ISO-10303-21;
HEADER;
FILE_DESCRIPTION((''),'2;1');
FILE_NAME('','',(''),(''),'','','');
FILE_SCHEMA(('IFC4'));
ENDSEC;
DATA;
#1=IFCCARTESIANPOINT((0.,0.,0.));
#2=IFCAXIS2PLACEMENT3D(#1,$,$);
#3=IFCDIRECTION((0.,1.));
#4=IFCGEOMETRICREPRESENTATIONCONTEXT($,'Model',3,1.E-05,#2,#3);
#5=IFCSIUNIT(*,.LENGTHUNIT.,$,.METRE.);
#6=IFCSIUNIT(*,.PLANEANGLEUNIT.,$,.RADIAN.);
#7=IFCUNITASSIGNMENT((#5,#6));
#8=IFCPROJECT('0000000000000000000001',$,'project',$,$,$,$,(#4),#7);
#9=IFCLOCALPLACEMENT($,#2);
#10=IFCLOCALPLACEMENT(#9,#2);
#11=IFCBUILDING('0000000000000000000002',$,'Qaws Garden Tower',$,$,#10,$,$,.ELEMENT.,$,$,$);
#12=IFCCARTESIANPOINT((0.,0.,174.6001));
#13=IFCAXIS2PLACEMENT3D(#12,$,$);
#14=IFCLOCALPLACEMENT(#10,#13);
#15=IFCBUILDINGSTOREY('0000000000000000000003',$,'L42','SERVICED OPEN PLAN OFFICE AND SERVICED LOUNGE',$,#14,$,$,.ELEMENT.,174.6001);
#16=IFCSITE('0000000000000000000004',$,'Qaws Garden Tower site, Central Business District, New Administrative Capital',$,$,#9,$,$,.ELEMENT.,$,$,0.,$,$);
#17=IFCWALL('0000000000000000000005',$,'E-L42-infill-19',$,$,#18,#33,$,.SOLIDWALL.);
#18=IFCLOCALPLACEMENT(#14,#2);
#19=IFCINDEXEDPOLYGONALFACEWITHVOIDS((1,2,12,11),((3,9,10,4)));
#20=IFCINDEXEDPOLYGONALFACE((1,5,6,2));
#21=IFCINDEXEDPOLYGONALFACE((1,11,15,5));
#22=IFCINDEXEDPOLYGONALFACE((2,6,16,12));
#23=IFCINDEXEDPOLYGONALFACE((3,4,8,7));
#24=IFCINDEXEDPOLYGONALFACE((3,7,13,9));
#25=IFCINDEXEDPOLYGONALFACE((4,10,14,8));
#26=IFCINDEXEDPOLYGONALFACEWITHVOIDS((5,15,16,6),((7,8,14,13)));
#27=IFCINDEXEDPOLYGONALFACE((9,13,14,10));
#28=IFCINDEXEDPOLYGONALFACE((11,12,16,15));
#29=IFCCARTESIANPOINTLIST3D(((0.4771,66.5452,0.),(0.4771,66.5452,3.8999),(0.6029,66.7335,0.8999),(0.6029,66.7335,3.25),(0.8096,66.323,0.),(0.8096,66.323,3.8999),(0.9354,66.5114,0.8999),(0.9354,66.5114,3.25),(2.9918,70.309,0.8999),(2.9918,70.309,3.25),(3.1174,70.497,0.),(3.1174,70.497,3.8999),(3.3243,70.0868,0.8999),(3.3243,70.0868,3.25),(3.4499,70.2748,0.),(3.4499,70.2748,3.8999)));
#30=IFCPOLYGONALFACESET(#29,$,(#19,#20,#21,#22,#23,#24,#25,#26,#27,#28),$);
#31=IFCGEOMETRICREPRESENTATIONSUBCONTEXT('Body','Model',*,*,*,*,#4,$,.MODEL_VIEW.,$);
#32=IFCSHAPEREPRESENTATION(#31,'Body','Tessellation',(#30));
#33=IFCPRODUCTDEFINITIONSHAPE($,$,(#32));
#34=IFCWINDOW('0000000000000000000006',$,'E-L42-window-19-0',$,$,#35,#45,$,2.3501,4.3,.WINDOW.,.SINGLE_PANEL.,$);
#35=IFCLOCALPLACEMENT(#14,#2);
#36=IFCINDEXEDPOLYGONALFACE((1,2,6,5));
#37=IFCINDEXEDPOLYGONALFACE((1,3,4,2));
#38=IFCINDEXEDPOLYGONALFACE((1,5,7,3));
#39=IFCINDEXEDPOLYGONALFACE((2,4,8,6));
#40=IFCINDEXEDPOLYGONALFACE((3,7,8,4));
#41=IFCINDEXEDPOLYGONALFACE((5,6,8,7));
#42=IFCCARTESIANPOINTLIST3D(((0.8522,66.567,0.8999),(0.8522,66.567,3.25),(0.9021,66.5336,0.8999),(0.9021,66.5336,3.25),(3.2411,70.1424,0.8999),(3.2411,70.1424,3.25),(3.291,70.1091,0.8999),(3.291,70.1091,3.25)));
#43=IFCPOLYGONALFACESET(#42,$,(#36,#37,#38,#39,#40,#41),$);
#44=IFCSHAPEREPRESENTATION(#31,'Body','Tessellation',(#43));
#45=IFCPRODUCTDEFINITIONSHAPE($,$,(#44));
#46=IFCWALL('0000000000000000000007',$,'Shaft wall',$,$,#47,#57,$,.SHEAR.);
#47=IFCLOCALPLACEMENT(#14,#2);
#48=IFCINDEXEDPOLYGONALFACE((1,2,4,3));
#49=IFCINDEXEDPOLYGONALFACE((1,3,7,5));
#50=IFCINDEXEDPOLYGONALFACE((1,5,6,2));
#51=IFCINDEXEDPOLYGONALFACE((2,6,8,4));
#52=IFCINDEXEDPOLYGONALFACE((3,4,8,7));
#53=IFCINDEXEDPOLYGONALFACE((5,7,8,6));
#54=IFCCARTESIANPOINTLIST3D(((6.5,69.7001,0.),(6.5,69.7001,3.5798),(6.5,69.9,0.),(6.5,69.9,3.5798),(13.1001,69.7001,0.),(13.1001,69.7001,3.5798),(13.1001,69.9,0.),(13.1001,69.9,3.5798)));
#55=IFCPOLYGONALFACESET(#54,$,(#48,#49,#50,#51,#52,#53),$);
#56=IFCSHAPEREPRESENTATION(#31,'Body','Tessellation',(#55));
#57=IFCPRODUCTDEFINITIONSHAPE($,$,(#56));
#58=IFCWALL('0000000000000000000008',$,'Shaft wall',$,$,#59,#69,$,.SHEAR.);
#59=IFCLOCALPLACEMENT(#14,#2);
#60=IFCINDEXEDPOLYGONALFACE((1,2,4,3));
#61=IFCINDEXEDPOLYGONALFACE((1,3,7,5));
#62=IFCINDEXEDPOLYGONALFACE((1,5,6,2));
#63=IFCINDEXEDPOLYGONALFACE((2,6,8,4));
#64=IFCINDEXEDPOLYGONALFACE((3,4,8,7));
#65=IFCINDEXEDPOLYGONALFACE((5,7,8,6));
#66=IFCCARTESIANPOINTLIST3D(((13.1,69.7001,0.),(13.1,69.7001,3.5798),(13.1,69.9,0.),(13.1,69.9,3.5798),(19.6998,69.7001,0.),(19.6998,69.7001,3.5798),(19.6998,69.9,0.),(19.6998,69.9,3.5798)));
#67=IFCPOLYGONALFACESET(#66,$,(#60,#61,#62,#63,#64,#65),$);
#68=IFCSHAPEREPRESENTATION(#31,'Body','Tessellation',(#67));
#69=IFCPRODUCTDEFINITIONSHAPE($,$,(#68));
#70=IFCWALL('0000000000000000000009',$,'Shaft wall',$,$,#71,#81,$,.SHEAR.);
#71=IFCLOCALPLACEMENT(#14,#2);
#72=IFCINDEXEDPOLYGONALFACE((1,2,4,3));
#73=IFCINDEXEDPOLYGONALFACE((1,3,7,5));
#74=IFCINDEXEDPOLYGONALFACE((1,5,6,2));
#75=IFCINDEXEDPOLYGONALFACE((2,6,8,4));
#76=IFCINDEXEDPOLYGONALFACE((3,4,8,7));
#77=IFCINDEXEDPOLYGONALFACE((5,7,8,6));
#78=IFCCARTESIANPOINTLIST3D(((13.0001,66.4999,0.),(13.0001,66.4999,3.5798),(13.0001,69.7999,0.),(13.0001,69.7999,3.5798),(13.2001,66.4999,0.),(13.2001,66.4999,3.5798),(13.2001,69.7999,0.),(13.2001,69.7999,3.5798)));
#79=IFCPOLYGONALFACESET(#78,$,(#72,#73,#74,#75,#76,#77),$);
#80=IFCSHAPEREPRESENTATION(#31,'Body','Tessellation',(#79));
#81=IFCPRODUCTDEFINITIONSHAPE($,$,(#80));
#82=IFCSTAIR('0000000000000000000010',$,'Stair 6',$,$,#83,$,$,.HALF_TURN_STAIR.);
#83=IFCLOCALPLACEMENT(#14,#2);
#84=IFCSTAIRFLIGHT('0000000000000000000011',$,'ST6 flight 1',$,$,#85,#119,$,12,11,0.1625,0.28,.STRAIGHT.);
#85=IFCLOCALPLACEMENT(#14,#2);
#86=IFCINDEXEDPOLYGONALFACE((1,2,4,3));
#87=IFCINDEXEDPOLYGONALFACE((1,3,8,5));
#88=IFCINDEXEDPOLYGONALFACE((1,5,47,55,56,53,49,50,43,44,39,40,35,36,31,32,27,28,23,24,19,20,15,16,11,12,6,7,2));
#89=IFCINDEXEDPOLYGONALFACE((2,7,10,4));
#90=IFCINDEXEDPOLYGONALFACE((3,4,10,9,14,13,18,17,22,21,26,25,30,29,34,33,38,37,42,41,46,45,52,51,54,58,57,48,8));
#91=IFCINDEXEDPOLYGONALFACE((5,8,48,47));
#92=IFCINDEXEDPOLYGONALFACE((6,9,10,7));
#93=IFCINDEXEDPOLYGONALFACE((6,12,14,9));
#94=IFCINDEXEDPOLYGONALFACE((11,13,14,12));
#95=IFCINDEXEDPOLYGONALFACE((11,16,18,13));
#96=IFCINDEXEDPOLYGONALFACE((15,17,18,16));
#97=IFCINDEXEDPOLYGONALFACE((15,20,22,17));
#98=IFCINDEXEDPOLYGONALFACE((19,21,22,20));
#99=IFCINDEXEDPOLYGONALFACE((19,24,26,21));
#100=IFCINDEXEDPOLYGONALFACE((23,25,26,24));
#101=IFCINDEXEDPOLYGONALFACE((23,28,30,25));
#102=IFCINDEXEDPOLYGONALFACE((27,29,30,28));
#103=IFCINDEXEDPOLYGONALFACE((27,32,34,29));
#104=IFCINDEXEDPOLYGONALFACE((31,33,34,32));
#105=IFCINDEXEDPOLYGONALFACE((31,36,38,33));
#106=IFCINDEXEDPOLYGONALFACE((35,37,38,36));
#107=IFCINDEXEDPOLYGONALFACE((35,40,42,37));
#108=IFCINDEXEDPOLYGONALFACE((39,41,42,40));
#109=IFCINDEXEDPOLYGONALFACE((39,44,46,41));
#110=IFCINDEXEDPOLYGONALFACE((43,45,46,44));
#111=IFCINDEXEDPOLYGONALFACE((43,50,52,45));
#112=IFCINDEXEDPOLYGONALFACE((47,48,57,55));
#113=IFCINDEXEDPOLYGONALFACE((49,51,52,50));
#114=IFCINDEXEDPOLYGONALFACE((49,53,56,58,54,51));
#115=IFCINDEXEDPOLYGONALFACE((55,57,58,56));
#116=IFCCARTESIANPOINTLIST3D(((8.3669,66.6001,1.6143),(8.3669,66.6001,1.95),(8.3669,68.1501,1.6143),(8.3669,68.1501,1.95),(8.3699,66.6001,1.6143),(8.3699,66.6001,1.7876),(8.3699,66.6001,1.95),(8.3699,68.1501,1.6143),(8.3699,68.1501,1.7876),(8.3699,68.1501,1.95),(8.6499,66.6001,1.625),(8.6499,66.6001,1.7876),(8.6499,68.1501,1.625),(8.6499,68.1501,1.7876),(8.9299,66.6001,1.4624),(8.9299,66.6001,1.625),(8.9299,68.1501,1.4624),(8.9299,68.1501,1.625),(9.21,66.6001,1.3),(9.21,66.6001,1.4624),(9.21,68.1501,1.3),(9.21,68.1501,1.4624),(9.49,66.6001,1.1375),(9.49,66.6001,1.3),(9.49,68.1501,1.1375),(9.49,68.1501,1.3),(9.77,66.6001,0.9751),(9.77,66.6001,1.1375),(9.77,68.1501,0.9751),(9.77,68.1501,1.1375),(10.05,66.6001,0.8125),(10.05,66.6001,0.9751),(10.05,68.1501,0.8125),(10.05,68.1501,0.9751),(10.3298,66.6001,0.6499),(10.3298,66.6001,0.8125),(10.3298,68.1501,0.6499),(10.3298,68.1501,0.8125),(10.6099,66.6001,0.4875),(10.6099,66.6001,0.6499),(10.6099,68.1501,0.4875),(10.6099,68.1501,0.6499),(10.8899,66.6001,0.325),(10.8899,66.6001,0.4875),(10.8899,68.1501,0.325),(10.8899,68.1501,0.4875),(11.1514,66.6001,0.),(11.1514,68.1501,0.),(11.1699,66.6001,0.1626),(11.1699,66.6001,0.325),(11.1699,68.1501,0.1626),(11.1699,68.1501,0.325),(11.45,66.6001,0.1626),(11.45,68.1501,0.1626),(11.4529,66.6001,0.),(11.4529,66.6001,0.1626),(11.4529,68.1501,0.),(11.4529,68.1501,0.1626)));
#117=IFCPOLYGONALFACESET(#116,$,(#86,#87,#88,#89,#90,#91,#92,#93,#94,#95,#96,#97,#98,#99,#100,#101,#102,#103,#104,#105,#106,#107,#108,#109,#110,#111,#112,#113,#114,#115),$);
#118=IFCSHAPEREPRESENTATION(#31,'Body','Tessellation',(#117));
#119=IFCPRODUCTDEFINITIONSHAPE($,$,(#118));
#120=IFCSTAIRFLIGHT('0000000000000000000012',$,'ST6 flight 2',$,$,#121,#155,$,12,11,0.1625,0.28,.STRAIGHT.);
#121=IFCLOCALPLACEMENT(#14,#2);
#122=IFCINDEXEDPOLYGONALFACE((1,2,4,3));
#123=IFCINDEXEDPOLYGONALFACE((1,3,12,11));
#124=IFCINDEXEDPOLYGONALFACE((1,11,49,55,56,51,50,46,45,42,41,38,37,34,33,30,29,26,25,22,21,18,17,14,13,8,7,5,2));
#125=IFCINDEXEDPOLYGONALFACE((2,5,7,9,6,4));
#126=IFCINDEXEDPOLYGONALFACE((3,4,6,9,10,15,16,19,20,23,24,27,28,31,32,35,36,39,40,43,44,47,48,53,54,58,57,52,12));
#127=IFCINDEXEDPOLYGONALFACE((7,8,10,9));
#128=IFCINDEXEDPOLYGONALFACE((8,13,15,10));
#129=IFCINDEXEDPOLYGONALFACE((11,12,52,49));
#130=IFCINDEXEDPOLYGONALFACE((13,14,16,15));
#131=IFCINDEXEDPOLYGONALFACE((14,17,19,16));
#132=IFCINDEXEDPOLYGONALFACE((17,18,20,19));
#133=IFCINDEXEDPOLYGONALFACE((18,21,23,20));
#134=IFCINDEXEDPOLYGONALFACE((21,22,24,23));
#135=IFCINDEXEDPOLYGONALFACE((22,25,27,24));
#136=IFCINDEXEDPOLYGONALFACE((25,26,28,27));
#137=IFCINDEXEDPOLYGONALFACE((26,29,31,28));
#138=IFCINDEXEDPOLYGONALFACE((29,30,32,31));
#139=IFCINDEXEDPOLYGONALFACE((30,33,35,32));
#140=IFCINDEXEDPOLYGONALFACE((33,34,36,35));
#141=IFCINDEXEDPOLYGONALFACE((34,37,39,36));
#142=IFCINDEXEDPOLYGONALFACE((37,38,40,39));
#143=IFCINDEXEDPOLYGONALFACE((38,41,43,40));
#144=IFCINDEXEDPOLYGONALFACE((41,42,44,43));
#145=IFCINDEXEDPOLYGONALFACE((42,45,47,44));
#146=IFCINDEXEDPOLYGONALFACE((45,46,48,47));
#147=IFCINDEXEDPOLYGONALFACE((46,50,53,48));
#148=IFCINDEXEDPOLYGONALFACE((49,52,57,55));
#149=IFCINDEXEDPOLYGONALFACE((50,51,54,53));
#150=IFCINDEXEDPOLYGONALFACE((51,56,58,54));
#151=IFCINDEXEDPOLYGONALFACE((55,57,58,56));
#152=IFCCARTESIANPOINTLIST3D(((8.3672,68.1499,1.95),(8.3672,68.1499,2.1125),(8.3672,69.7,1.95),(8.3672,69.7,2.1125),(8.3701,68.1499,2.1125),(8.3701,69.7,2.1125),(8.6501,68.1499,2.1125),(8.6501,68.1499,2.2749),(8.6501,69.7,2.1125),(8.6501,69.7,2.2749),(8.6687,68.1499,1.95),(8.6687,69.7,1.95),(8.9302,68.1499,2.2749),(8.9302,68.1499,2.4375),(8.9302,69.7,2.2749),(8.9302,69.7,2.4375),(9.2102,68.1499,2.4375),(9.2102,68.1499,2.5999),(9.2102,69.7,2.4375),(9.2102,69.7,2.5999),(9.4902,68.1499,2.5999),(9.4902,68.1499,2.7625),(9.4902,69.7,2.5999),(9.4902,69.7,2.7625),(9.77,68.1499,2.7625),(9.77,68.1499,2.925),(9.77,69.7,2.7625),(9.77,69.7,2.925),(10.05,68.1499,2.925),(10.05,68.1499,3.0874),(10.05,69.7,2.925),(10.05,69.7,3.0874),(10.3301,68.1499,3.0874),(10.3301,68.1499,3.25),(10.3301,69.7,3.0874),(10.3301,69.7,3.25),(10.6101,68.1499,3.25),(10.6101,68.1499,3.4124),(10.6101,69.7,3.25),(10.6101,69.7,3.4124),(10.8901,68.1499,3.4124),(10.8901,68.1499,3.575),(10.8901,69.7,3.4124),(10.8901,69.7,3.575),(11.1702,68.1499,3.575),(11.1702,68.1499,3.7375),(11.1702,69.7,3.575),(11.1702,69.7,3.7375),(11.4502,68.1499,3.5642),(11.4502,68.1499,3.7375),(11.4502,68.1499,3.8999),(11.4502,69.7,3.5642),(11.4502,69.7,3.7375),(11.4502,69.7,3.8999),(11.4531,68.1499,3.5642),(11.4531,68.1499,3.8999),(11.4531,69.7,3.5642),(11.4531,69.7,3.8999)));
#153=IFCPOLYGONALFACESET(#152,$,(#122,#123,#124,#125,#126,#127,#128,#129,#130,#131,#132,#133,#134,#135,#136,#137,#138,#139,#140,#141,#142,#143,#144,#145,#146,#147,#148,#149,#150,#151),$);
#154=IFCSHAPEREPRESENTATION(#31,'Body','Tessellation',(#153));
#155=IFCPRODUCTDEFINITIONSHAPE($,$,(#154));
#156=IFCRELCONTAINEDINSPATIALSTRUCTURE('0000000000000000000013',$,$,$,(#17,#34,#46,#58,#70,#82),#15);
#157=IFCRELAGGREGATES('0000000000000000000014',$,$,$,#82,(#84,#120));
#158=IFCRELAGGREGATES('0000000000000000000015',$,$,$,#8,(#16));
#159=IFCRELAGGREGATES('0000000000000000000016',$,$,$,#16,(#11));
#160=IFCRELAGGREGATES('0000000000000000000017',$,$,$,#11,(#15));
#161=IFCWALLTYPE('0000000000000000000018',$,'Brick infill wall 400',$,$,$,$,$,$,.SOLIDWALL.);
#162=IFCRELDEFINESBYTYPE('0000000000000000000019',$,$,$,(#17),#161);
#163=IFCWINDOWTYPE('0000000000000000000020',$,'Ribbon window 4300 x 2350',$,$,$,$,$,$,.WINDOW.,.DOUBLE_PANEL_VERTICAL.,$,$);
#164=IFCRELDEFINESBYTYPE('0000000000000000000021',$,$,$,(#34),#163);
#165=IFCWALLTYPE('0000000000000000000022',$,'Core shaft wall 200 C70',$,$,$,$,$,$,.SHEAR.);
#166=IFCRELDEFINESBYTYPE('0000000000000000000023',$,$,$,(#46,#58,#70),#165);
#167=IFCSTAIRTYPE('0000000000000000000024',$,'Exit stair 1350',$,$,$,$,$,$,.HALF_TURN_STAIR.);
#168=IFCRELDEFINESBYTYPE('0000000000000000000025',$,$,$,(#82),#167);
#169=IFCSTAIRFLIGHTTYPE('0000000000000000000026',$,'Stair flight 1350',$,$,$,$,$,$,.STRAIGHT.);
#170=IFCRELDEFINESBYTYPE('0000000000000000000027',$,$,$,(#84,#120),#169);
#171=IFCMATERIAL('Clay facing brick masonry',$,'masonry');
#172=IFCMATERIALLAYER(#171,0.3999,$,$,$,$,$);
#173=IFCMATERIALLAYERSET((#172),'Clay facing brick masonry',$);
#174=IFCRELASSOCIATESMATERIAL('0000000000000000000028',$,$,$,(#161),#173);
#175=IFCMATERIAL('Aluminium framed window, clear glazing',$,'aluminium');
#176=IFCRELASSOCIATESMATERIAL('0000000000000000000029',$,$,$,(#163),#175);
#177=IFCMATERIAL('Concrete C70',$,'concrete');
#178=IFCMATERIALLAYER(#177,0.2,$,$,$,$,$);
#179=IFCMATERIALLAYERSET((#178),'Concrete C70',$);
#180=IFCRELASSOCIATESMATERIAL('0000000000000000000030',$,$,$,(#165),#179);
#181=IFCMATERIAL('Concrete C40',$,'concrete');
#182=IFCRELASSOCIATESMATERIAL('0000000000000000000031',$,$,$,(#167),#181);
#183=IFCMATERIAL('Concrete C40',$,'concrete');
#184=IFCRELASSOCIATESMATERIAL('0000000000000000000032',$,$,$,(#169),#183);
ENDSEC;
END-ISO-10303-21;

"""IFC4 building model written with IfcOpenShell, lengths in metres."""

from ifc_helpers import new_model, si_unit, direction, frame, frame_2d, origin, place, context, subcontext, project, spatial, polyline, rectangle, outline, extrude, material, layer, layer_set, type_object, element, fill, aggregate, save


model = new_model("IFC4")

# Units and contexts
model_context = context("Model", 3, precision=1e-05, world=origin(), true_north=direction((0.0, 1.0)))
body_context = subcontext(model_context, "Body", "Model", "MODEL_VIEW")
ifc_project = project(units=[si_unit("LENGTHUNIT", "METRE"), si_unit("PLANEANGLEUNIT", "RADIAN")], contexts=[model_context])

# Site, building, storey
site_placement = place(None, origin())
site = spatial("IfcSite", under=ifc_project, at=site_placement, Name="Qaws Garden Tower site, Central Business District, New Administrative Capital", CompositionType="ELEMENT", RefElevation=0.0)
building_placement = place(site_placement, origin())
building = spatial("IfcBuilding", under=site, at=building_placement, Name="Qaws Garden Tower", CompositionType="ELEMENT")
storey_placement = place(building_placement, frame((0.0, 0.0, 174.6001)))
storey = spatial("IfcBuildingStorey", under=building, at=storey_placement, Name="L42", Description="SERVICED OPEN PLAN OFFICE AND SERVICED LOUNGE", CompositionType="ELEMENT", Elevation=174.6001)

# Wall, opening, window
ifc_material_1 = material(Name="Clay facing brick masonry", Category="masonry")
ifc_layer_1 = layer(ifc_material_1, 0.3999)
ifc_layer_set_1 = layer_set([ifc_layer_1], Name="Clay facing brick masonry")
wall_type_1 = type_object("IfcWallType", Name="Brick infill wall 400", PredefinedType="SOLIDWALL", material=ifc_layer_set_1)
ifc_material_2 = material(Name="Aluminium framed window, clear glazing", Category="aluminium")
window_type = type_object("IfcWindowType", Name="Ribbon window 4300 x 2350", PartitioningType="DOUBLE_PANEL_VERTICAL", PredefinedType="WINDOW", material=ifc_material_2)
wall_1_placement = place(storey_placement, frame((3.2837, 70.386, 0.0), z_axis=(0.0, 0.0, 1.0), x_axis=(-0.555542, -0.831489, 0.0)))
wall_1 = element("IfcWall", 1, at=wall_1_placement, inside=storey, type_object=wall_type_1, Name="E-L42-infill-19", PredefinedType="SOLIDWALL", context=body_context, shape_type="SweptSolid", body=[
    extrude(rectangle(XDim=4.7527, YDim=0.3999, at=frame_2d((2.3765, 0.0))), origin(), (0.0, 0.0, 1.0), 3.8999),
])
opening_1_placement = place(wall_1_placement, frame((0.2263, 0.0, 0.8999)))
opening_1 = element("IfcOpeningElement", 2, at=opening_1_placement, cuts=wall_1, PredefinedType="OPENING", context=body_context, shape_type="SweptSolid", body=[
    extrude(rectangle(XDim=4.3, YDim=2.3501, at=frame_2d((2.1499, 1.175))), frame((0.0, 0.21, 0.0), z_axis=(0.0, -1.0, 0.0), x_axis=(1.0, 0.0, 0.0)), (0.0, 0.0, 1.0), 0.4199),
])
window_1_placement = place(opening_1_placement, origin())
window_1 = element("IfcWindow", 3, at=window_1_placement, inside=storey, type_object=window_type, Name="E-L42-window-19-0", OverallHeight=2.3501, OverallWidth=4.3, PartitioningType="SINGLE_PANEL", PredefinedType="WINDOW", context=body_context, shape_type="SweptSolid", body=[
    extrude(rectangle(XDim=4.3, YDim=2.3501, at=frame_2d((2.1499, 1.175))), frame((0.0, 0.1599, 0.0), z_axis=(0.0, -1.0, 0.0), x_axis=(1.0, 0.0, 0.0)), (0.0, 0.0, 1.0), 0.0601),
])
fill(opening_1, window_1)

# Walls
ifc_material_3 = material(Name="Concrete C70", Category="concrete")
ifc_layer_2 = layer(ifc_material_3, 0.2)
ifc_layer_set_2 = layer_set([ifc_layer_2], Name="Concrete C70")
wall_type_2 = type_object("IfcWallType", Name="Core shaft wall 200 C70", PredefinedType="SHEAR", material=ifc_layer_set_2)
wall_2_placement = place(storey_placement, frame((6.5, 69.8, 0.0), z_axis=(0.0, 0.0, 1.0), x_axis=(1.0, 0.0, 0.0)))
element("IfcWall", 4, at=wall_2_placement, inside=storey, type_object=wall_type_2, Name="Shaft wall", PredefinedType="SHEAR", context=body_context, shape_type="SweptSolid", body=[
    extrude(rectangle(XDim=6.6001, YDim=0.2, at=frame_2d((3.3, 0.0))), origin(), (0.0, 0.0, 1.0), 3.5798),
])
wall_3_placement = place(storey_placement, frame((13.1001, 69.8, 0.0), z_axis=(0.0, 0.0, 1.0), x_axis=(1.0, 0.0, 0.0)))
element("IfcWall", 5, at=wall_3_placement, inside=storey, type_object=wall_type_2, Name="Shaft wall", PredefinedType="SHEAR", context=body_context, shape_type="SweptSolid", body=[
    extrude(rectangle(XDim=6.5999, YDim=0.2, at=frame_2d((3.2998, 0.0))), origin(), (0.0, 0.0, 1.0), 3.5798),
])
wall_4_placement = place(storey_placement, frame((13.1001, 66.5, 0.0), z_axis=(0.0, 0.0, 1.0), x_axis=(0.0, 1.0, 0.0)))
element("IfcWall", 6, at=wall_4_placement, inside=storey, type_object=wall_type_2, Name="Shaft wall", PredefinedType="SHEAR", context=body_context, shape_type="SweptSolid", body=[
    extrude(rectangle(XDim=3.3, YDim=0.2, at=frame_2d((1.6499, 0.0))), origin(), (0.0, 0.0, 1.0), 3.5798),
])

# Stair, stair flights
ifc_material_4 = material(Name="Concrete C40", Category="concrete")
stair_type = type_object("IfcStairType", Name="Exit stair 1350", PredefinedType="HALF_TURN_STAIR", material=ifc_material_4)
placement = place(storey_placement, origin())
stair_1 = element("IfcStair", 7, at=placement, inside=storey, type_object=stair_type, Name="Stair 6", PredefinedType="HALF_TURN_STAIR")
ifc_material_5 = material(Name="Concrete C40", Category="concrete")
stair_flight_type = type_object("IfcStairFlightType", Name="Stair flight 1350", PredefinedType="STRAIGHT", material=ifc_material_5)
stair_flight_1_placement = place(storey_placement, frame((11.45, 67.375, 0.0), z_axis=(0.0, 0.0, 1.0), x_axis=(-1.0, 0.0, 0.0)))
stair_flight_1 = element("IfcStairFlight", 8, at=stair_flight_1_placement, type_object=stair_flight_type, Name="ST6 flight 1", NumberOfRisers=12, NumberOfTreads=11, PredefinedType="STRAIGHT", RiserHeight=0.1625, TreadLength=0.28, context=body_context, shape_type="SweptSolid", body=[
    extrude(outline(polyline([(-0.0029, 0.0), (-0.0029, 0.1626), (0.0, 0.1626), (0.28, 0.1626), (0.28, 0.325), (0.5601, 0.325), (0.5601, 0.4875), (0.8401, 0.4875), (0.8401, 0.6499), (1.1201, 0.6499), (1.1201, 0.8125), (1.3999, 0.8125), (1.3999, 0.9751), (1.6799, 0.9751), (1.6799, 1.1375), (1.96, 1.1375), (1.96, 1.3), (2.24, 1.3), (2.24, 1.4624), (2.52, 1.4624), (2.52, 1.625), (2.8, 1.625), (2.8, 1.7876), (3.0801, 1.7876), (3.0801, 1.95), (3.083, 1.95), (3.083, 1.6143), (3.0801, 1.6143), (0.2986, 0.0), (-0.0029, 0.0)])), frame((0.0, 0.7749, 0.0), z_axis=(0.0, -1.0, 0.0), x_axis=(1.0, 0.0, 0.0)), (0.0, 0.0, 1.0), 1.55),
])
stair_flight_2_placement = place(storey_placement, frame((8.3701, 68.925, 1.95), z_axis=(0.0, 0.0, 1.0), x_axis=(1.0, 0.0, 0.0)))
stair_flight_2 = element("IfcStairFlight", 9, at=stair_flight_2_placement, type_object=stair_flight_type, Name="ST6 flight 2", NumberOfRisers=12, NumberOfTreads=11, PredefinedType="STRAIGHT", RiserHeight=0.1625, TreadLength=0.28, context=body_context, shape_type="SweptSolid", body=[
    extrude(outline(polyline([(-0.0029, 0.0), (-0.0029, 0.1626), (0.0, 0.1626), (0.28, 0.1626), (0.28, 0.325), (0.5601, 0.325), (0.5601, 0.4875), (0.8401, 0.4875), (0.8401, 0.6499), (1.1201, 0.6499), (1.1201, 0.8125), (1.3999, 0.8125), (1.3999, 0.9751), (1.6799, 0.9751), (1.6799, 1.1375), (1.96, 1.1375), (1.96, 1.3), (2.24, 1.3), (2.24, 1.4624), (2.52, 1.4624), (2.52, 1.625), (2.8, 1.625), (2.8, 1.7876), (3.0801, 1.7876), (3.0801, 1.95), (3.083, 1.95), (3.083, 1.6143), (3.0801, 1.6143), (0.2986, 0.0), (-0.0029, 0.0)])), frame((0.0, 0.7749, 0.0), z_axis=(0.0, -1.0, 0.0), x_axis=(1.0, 0.0, 0.0)), (0.0, 0.0, 1.0), 1.55),
])
aggregate(stair_1, [stair_flight_1, stair_flight_2])

save(model, "model.ifc")
